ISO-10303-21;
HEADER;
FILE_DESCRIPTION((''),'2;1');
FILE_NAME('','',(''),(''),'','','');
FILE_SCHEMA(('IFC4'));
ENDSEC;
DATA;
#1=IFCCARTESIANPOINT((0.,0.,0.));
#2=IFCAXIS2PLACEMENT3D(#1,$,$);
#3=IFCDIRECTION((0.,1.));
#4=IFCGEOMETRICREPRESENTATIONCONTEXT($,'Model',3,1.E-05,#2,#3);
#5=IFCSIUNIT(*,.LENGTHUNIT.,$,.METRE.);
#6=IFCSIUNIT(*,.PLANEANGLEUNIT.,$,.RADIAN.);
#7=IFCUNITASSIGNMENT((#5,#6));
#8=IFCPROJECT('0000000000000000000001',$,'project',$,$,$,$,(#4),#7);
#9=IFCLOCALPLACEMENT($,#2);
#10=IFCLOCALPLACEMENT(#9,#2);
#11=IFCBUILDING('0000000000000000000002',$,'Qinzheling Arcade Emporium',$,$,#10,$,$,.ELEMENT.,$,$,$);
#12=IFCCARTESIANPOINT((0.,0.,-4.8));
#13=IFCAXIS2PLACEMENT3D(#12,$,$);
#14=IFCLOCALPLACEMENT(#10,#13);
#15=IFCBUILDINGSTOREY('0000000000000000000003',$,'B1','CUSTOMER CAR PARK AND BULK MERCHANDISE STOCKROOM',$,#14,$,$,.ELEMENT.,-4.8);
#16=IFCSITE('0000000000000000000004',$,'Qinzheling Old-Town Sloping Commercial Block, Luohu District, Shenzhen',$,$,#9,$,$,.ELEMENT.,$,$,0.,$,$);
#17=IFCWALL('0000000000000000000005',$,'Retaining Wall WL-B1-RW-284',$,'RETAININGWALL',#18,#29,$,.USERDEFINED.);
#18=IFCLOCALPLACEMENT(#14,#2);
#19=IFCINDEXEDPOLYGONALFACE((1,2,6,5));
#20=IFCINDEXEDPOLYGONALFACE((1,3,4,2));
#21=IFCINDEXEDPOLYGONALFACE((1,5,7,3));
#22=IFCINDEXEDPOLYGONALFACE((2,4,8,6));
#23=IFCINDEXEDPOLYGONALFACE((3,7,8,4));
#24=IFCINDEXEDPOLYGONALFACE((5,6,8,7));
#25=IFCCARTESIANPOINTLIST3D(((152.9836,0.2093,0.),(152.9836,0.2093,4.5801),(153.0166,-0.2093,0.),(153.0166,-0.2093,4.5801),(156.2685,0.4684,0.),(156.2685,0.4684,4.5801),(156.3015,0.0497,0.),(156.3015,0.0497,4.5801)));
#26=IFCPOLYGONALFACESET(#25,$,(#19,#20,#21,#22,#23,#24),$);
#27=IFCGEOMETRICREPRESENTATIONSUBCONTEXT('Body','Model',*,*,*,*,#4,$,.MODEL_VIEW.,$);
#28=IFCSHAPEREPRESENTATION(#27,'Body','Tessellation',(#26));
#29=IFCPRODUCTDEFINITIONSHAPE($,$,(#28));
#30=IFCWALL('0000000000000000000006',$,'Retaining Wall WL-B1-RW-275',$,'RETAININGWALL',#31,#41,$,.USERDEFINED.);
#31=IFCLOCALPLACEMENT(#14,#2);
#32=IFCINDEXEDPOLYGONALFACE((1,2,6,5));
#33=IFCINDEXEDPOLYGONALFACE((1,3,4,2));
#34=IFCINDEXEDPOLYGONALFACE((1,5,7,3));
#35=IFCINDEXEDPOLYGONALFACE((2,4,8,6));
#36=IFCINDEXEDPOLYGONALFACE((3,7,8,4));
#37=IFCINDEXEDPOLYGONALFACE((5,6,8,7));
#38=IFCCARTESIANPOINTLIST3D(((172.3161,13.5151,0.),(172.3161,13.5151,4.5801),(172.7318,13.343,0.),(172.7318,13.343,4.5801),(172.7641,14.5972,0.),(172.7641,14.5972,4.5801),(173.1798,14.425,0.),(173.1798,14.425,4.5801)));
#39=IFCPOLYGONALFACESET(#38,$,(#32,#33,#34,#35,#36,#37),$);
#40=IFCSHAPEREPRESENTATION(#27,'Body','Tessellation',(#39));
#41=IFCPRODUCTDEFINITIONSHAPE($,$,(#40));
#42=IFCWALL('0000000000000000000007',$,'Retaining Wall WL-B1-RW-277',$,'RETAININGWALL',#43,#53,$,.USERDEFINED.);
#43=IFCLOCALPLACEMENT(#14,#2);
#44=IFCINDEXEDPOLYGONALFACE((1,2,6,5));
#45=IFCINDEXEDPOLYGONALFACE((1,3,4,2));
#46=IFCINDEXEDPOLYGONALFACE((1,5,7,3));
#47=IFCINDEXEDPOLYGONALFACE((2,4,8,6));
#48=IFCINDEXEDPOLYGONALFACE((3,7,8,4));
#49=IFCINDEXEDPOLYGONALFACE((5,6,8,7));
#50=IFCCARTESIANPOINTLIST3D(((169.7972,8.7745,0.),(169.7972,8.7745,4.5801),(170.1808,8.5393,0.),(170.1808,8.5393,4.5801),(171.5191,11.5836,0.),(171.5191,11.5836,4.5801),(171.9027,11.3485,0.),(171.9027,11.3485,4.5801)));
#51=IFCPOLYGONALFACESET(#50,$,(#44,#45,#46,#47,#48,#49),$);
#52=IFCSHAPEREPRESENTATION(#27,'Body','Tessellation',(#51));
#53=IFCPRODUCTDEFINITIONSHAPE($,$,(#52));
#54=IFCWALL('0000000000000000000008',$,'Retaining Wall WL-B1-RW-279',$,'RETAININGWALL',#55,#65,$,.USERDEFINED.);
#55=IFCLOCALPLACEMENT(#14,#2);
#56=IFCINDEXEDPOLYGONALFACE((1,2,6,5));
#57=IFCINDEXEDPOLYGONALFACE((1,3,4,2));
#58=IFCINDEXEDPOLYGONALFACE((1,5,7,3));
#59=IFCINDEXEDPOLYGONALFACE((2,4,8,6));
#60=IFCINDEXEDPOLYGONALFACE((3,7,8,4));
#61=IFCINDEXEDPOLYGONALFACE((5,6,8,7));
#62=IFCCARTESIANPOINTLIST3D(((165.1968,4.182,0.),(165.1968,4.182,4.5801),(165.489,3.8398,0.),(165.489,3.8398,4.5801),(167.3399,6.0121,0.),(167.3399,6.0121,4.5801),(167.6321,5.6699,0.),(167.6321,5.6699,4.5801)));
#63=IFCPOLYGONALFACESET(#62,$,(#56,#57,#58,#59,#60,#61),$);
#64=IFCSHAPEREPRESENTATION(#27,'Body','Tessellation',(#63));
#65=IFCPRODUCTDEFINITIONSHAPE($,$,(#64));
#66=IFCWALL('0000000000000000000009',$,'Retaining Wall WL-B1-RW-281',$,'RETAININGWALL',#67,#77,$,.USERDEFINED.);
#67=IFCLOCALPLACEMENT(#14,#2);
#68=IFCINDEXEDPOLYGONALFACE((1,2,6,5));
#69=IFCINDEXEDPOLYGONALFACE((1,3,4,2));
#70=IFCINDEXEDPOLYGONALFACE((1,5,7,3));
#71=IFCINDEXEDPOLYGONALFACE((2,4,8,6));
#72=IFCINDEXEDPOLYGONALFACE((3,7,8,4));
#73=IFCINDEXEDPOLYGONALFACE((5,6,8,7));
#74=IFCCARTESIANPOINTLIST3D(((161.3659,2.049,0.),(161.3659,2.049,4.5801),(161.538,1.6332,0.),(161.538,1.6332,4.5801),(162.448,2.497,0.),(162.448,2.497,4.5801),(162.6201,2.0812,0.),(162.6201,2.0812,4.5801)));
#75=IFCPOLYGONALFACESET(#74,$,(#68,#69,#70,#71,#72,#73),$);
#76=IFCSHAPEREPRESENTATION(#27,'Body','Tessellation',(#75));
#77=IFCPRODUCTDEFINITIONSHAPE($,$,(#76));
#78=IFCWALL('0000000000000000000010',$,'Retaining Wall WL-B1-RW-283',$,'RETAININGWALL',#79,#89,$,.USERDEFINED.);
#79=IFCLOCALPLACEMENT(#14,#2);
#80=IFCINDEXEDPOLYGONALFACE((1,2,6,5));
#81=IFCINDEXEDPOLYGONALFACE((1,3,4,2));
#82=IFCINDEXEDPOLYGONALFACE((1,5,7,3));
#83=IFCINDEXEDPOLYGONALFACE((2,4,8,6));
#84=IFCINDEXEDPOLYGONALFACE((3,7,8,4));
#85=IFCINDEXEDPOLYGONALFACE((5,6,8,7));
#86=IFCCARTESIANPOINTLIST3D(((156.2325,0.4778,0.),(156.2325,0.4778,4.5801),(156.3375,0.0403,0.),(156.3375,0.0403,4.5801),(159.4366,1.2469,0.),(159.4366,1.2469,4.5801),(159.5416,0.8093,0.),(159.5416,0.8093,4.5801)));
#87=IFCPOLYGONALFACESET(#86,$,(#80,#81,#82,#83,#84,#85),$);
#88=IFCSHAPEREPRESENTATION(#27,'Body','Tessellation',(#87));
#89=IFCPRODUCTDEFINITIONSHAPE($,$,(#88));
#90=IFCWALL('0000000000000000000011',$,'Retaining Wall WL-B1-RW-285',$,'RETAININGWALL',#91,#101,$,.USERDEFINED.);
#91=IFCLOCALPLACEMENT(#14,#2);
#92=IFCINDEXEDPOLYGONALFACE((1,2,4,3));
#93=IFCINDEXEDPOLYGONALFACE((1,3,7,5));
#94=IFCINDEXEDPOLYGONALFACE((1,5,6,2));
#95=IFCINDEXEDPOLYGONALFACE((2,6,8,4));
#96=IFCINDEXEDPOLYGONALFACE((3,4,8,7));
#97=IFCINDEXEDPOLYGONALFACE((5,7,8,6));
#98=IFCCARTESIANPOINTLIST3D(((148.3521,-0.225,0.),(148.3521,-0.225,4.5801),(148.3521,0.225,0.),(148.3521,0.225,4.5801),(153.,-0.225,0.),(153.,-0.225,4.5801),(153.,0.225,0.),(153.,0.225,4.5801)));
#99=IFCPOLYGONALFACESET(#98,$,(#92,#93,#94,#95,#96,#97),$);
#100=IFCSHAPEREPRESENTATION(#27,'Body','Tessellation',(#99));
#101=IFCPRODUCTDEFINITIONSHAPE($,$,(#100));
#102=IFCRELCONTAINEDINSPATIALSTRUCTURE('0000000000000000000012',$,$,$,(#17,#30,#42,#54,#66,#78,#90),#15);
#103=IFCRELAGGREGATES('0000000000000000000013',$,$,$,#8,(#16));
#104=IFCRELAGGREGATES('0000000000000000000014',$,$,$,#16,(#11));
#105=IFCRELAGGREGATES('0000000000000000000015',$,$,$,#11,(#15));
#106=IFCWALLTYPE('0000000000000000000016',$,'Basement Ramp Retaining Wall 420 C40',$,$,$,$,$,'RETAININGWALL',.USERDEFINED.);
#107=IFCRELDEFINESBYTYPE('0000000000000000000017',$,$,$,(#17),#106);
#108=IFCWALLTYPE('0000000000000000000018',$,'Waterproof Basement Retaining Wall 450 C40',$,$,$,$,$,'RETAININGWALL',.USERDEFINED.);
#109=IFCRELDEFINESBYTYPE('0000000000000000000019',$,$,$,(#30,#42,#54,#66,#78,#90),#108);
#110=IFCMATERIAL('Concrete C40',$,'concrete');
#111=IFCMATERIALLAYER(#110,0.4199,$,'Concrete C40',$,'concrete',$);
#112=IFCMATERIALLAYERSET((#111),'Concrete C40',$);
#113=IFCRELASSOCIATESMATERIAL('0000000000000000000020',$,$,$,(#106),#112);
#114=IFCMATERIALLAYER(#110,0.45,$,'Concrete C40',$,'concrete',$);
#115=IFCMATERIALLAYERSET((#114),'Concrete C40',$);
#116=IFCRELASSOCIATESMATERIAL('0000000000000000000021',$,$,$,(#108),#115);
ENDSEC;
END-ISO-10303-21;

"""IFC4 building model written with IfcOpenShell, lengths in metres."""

from ifc_helpers import new_model, si_unit, direction, frame, frame_2d, origin, place, context, subcontext, project, spatial, rectangle, extrude, material, layer, layer_set, type_object, element, save


model = new_model("IFC4")

# Units and contexts
model_context = context("Model", 3, precision=1e-05, world=origin(), true_north=direction((0.0, 1.0)))
body_context = subcontext(model_context, "Body", "Model", "MODEL_VIEW")
ifc_project = project(units=[si_unit("LENGTHUNIT", "METRE"), si_unit("PLANEANGLEUNIT", "RADIAN")], contexts=[model_context])

# Site, building, storey
site_placement = place(None, origin())
site = spatial("IfcSite", under=ifc_project, at=site_placement, Name="Qinzheling Old-Town Sloping Commercial Block, Luohu District, Shenzhen", CompositionType="ELEMENT", RefElevation=0.0)
building_placement = place(site_placement, origin())
building = spatial("IfcBuilding", under=site, at=building_placement, Name="Qinzheling Arcade Emporium", CompositionType="ELEMENT")
storey_placement = place(building_placement, frame((0.0, 0.0, -4.8)))
storey = spatial("IfcBuildingStorey", under=building, at=storey_placement, Name="B1", Description="CUSTOMER CAR PARK AND BULK MERCHANDISE STOCKROOM", CompositionType="ELEMENT", Elevation=-4.8)

# Shared definitions
ifc_material_1 = material(Name="Concrete C40", Category="concrete")

# Walls
ifc_layer_1 = layer(ifc_material_1, 0.4199, Name="Concrete C40", Category="concrete")
ifc_layer_set_1 = layer_set([ifc_layer_1], Name="Concrete C40")
wall_type_1 = type_object("IfcWallType", Name="Basement Ramp Retaining Wall 420 C40", ElementType="RETAININGWALL", PredefinedType="USERDEFINED", material=ifc_layer_set_1)
wall_1_placement = place(storey_placement, frame((156.2849, 0.259, 0.0), z_axis=(0.0, 0.0, 1.0), x_axis=(-0.996905, -0.078611, 0.0)))
element("IfcWall", 1, at=wall_1_placement, inside=storey, type_object=wall_type_1, Name="Retaining Wall WL-B1-RW-284", ObjectType="RETAININGWALL", PredefinedType="USERDEFINED", context=body_context, shape_type="SweptSolid", body=[
    extrude(rectangle(XDim=3.2952, YDim=0.4199, at=frame_2d((1.6475, 0.0))), origin(), (0.0, 0.0, 1.0), 4.5801),
])
ifc_layer_2 = layer(ifc_material_1, 0.45, Name="Concrete C40", Category="concrete")
ifc_layer_set_2 = layer_set([ifc_layer_2], Name="Concrete C40")
wall_type_2 = type_object("IfcWallType", Name="Waterproof Basement Retaining Wall 450 C40", ElementType="RETAININGWALL", PredefinedType="USERDEFINED", material=ifc_layer_set_2)
wall_2_placement = place(storey_placement, frame((172.9719, 14.511, 0.0), z_axis=(0.0, 0.0, 1.0), x_axis=(-0.382542, -0.923938, 0.0)))
element("IfcWall", 2, at=wall_2_placement, inside=storey, type_object=wall_type_2, Name="Retaining Wall WL-B1-RW-275", ObjectType="RETAININGWALL", PredefinedType="USERDEFINED", context=body_context, shape_type="SweptSolid", body=[
    extrude(rectangle(XDim=1.1711, YDim=0.45, at=frame_2d((0.5854, 0.0))), origin(), (0.0, 0.0, 1.0), 4.5801),
])
wall_3_placement = place(storey_placement, frame((171.7109, 11.4661, 0.0), z_axis=(0.0, 0.0, 1.0), x_axis=(-0.522612, -0.85257, 0.0)))
element("IfcWall", 3, at=wall_3_placement, inside=storey, type_object=wall_type_2, Name="Retaining Wall WL-B1-RW-277", ObjectType="RETAININGWALL", PredefinedType="USERDEFINED", context=body_context, shape_type="SweptSolid", body=[
    extrude(rectangle(XDim=3.2949, YDim=0.45, at=frame_2d((1.6475, 0.0))), origin(), (0.0, 0.0, 1.0), 4.5801),
])
wall_4_placement = place(storey_placement, frame((167.4861, 5.8411, 0.0), z_axis=(0.0, 0.0, 1.0), x_axis=(-0.760454, -0.649392, 0.0)))
element("IfcWall", 4, at=wall_4_placement, inside=storey, type_object=wall_type_2, Name="Retaining Wall WL-B1-RW-279", ObjectType="RETAININGWALL", PredefinedType="USERDEFINED", context=body_context, shape_type="SweptSolid", body=[
    extrude(rectangle(XDim=2.8181, YDim=0.45, at=frame_2d((1.4092, 0.0))), origin(), (0.0, 0.0, 1.0), 4.5801),
])
wall_5_placement = place(storey_placement, frame((162.5339, 2.2891, 0.0), z_axis=(0.0, 0.0, 1.0), x_axis=(-0.923938, -0.382542, 0.0)))
element("IfcWall", 5, at=wall_5_placement, inside=storey, type_object=wall_type_2, Name="Retaining Wall WL-B1-RW-281", ObjectType="RETAININGWALL", PredefinedType="USERDEFINED", context=body_context, shape_type="SweptSolid", body=[
    extrude(rectangle(XDim=1.1711, YDim=0.45, at=frame_2d((0.5854, 0.0))), origin(), (0.0, 0.0, 1.0), 4.5801),
])
wall_6_placement = place(storey_placement, frame((159.489, 1.0281, 0.0), z_axis=(0.0, 0.0, 1.0), x_axis=(-0.972383, -0.23339, 0.0)))
element("IfcWall", 6, at=wall_6_placement, inside=storey, type_object=wall_type_2, Name="Retaining Wall WL-B1-RW-283", ObjectType="RETAININGWALL", PredefinedType="USERDEFINED", context=body_context, shape_type="SweptSolid", body=[
    extrude(rectangle(XDim=3.2952, YDim=0.45, at=frame_2d((1.6475, 0.0))), origin(), (0.0, 0.0, 1.0), 4.5801),
])
wall_7_placement = place(storey_placement, frame((153.0, 0.0, 0.0), z_axis=(0.0, 0.0, 1.0), x_axis=(-1.0, 0.0, 0.0)))
element("IfcWall", 7, at=wall_7_placement, inside=storey, type_object=wall_type_2, Name="Retaining Wall WL-B1-RW-285", ObjectType="RETAININGWALL", PredefinedType="USERDEFINED", context=body_context, shape_type="SweptSolid", body=[
    extrude(rectangle(XDim=4.6479, YDim=0.45, at=frame_2d((2.324, 0.0))), origin(), (0.0, 0.0, 1.0), 4.5801),
])

save(model, "model.ifc")
